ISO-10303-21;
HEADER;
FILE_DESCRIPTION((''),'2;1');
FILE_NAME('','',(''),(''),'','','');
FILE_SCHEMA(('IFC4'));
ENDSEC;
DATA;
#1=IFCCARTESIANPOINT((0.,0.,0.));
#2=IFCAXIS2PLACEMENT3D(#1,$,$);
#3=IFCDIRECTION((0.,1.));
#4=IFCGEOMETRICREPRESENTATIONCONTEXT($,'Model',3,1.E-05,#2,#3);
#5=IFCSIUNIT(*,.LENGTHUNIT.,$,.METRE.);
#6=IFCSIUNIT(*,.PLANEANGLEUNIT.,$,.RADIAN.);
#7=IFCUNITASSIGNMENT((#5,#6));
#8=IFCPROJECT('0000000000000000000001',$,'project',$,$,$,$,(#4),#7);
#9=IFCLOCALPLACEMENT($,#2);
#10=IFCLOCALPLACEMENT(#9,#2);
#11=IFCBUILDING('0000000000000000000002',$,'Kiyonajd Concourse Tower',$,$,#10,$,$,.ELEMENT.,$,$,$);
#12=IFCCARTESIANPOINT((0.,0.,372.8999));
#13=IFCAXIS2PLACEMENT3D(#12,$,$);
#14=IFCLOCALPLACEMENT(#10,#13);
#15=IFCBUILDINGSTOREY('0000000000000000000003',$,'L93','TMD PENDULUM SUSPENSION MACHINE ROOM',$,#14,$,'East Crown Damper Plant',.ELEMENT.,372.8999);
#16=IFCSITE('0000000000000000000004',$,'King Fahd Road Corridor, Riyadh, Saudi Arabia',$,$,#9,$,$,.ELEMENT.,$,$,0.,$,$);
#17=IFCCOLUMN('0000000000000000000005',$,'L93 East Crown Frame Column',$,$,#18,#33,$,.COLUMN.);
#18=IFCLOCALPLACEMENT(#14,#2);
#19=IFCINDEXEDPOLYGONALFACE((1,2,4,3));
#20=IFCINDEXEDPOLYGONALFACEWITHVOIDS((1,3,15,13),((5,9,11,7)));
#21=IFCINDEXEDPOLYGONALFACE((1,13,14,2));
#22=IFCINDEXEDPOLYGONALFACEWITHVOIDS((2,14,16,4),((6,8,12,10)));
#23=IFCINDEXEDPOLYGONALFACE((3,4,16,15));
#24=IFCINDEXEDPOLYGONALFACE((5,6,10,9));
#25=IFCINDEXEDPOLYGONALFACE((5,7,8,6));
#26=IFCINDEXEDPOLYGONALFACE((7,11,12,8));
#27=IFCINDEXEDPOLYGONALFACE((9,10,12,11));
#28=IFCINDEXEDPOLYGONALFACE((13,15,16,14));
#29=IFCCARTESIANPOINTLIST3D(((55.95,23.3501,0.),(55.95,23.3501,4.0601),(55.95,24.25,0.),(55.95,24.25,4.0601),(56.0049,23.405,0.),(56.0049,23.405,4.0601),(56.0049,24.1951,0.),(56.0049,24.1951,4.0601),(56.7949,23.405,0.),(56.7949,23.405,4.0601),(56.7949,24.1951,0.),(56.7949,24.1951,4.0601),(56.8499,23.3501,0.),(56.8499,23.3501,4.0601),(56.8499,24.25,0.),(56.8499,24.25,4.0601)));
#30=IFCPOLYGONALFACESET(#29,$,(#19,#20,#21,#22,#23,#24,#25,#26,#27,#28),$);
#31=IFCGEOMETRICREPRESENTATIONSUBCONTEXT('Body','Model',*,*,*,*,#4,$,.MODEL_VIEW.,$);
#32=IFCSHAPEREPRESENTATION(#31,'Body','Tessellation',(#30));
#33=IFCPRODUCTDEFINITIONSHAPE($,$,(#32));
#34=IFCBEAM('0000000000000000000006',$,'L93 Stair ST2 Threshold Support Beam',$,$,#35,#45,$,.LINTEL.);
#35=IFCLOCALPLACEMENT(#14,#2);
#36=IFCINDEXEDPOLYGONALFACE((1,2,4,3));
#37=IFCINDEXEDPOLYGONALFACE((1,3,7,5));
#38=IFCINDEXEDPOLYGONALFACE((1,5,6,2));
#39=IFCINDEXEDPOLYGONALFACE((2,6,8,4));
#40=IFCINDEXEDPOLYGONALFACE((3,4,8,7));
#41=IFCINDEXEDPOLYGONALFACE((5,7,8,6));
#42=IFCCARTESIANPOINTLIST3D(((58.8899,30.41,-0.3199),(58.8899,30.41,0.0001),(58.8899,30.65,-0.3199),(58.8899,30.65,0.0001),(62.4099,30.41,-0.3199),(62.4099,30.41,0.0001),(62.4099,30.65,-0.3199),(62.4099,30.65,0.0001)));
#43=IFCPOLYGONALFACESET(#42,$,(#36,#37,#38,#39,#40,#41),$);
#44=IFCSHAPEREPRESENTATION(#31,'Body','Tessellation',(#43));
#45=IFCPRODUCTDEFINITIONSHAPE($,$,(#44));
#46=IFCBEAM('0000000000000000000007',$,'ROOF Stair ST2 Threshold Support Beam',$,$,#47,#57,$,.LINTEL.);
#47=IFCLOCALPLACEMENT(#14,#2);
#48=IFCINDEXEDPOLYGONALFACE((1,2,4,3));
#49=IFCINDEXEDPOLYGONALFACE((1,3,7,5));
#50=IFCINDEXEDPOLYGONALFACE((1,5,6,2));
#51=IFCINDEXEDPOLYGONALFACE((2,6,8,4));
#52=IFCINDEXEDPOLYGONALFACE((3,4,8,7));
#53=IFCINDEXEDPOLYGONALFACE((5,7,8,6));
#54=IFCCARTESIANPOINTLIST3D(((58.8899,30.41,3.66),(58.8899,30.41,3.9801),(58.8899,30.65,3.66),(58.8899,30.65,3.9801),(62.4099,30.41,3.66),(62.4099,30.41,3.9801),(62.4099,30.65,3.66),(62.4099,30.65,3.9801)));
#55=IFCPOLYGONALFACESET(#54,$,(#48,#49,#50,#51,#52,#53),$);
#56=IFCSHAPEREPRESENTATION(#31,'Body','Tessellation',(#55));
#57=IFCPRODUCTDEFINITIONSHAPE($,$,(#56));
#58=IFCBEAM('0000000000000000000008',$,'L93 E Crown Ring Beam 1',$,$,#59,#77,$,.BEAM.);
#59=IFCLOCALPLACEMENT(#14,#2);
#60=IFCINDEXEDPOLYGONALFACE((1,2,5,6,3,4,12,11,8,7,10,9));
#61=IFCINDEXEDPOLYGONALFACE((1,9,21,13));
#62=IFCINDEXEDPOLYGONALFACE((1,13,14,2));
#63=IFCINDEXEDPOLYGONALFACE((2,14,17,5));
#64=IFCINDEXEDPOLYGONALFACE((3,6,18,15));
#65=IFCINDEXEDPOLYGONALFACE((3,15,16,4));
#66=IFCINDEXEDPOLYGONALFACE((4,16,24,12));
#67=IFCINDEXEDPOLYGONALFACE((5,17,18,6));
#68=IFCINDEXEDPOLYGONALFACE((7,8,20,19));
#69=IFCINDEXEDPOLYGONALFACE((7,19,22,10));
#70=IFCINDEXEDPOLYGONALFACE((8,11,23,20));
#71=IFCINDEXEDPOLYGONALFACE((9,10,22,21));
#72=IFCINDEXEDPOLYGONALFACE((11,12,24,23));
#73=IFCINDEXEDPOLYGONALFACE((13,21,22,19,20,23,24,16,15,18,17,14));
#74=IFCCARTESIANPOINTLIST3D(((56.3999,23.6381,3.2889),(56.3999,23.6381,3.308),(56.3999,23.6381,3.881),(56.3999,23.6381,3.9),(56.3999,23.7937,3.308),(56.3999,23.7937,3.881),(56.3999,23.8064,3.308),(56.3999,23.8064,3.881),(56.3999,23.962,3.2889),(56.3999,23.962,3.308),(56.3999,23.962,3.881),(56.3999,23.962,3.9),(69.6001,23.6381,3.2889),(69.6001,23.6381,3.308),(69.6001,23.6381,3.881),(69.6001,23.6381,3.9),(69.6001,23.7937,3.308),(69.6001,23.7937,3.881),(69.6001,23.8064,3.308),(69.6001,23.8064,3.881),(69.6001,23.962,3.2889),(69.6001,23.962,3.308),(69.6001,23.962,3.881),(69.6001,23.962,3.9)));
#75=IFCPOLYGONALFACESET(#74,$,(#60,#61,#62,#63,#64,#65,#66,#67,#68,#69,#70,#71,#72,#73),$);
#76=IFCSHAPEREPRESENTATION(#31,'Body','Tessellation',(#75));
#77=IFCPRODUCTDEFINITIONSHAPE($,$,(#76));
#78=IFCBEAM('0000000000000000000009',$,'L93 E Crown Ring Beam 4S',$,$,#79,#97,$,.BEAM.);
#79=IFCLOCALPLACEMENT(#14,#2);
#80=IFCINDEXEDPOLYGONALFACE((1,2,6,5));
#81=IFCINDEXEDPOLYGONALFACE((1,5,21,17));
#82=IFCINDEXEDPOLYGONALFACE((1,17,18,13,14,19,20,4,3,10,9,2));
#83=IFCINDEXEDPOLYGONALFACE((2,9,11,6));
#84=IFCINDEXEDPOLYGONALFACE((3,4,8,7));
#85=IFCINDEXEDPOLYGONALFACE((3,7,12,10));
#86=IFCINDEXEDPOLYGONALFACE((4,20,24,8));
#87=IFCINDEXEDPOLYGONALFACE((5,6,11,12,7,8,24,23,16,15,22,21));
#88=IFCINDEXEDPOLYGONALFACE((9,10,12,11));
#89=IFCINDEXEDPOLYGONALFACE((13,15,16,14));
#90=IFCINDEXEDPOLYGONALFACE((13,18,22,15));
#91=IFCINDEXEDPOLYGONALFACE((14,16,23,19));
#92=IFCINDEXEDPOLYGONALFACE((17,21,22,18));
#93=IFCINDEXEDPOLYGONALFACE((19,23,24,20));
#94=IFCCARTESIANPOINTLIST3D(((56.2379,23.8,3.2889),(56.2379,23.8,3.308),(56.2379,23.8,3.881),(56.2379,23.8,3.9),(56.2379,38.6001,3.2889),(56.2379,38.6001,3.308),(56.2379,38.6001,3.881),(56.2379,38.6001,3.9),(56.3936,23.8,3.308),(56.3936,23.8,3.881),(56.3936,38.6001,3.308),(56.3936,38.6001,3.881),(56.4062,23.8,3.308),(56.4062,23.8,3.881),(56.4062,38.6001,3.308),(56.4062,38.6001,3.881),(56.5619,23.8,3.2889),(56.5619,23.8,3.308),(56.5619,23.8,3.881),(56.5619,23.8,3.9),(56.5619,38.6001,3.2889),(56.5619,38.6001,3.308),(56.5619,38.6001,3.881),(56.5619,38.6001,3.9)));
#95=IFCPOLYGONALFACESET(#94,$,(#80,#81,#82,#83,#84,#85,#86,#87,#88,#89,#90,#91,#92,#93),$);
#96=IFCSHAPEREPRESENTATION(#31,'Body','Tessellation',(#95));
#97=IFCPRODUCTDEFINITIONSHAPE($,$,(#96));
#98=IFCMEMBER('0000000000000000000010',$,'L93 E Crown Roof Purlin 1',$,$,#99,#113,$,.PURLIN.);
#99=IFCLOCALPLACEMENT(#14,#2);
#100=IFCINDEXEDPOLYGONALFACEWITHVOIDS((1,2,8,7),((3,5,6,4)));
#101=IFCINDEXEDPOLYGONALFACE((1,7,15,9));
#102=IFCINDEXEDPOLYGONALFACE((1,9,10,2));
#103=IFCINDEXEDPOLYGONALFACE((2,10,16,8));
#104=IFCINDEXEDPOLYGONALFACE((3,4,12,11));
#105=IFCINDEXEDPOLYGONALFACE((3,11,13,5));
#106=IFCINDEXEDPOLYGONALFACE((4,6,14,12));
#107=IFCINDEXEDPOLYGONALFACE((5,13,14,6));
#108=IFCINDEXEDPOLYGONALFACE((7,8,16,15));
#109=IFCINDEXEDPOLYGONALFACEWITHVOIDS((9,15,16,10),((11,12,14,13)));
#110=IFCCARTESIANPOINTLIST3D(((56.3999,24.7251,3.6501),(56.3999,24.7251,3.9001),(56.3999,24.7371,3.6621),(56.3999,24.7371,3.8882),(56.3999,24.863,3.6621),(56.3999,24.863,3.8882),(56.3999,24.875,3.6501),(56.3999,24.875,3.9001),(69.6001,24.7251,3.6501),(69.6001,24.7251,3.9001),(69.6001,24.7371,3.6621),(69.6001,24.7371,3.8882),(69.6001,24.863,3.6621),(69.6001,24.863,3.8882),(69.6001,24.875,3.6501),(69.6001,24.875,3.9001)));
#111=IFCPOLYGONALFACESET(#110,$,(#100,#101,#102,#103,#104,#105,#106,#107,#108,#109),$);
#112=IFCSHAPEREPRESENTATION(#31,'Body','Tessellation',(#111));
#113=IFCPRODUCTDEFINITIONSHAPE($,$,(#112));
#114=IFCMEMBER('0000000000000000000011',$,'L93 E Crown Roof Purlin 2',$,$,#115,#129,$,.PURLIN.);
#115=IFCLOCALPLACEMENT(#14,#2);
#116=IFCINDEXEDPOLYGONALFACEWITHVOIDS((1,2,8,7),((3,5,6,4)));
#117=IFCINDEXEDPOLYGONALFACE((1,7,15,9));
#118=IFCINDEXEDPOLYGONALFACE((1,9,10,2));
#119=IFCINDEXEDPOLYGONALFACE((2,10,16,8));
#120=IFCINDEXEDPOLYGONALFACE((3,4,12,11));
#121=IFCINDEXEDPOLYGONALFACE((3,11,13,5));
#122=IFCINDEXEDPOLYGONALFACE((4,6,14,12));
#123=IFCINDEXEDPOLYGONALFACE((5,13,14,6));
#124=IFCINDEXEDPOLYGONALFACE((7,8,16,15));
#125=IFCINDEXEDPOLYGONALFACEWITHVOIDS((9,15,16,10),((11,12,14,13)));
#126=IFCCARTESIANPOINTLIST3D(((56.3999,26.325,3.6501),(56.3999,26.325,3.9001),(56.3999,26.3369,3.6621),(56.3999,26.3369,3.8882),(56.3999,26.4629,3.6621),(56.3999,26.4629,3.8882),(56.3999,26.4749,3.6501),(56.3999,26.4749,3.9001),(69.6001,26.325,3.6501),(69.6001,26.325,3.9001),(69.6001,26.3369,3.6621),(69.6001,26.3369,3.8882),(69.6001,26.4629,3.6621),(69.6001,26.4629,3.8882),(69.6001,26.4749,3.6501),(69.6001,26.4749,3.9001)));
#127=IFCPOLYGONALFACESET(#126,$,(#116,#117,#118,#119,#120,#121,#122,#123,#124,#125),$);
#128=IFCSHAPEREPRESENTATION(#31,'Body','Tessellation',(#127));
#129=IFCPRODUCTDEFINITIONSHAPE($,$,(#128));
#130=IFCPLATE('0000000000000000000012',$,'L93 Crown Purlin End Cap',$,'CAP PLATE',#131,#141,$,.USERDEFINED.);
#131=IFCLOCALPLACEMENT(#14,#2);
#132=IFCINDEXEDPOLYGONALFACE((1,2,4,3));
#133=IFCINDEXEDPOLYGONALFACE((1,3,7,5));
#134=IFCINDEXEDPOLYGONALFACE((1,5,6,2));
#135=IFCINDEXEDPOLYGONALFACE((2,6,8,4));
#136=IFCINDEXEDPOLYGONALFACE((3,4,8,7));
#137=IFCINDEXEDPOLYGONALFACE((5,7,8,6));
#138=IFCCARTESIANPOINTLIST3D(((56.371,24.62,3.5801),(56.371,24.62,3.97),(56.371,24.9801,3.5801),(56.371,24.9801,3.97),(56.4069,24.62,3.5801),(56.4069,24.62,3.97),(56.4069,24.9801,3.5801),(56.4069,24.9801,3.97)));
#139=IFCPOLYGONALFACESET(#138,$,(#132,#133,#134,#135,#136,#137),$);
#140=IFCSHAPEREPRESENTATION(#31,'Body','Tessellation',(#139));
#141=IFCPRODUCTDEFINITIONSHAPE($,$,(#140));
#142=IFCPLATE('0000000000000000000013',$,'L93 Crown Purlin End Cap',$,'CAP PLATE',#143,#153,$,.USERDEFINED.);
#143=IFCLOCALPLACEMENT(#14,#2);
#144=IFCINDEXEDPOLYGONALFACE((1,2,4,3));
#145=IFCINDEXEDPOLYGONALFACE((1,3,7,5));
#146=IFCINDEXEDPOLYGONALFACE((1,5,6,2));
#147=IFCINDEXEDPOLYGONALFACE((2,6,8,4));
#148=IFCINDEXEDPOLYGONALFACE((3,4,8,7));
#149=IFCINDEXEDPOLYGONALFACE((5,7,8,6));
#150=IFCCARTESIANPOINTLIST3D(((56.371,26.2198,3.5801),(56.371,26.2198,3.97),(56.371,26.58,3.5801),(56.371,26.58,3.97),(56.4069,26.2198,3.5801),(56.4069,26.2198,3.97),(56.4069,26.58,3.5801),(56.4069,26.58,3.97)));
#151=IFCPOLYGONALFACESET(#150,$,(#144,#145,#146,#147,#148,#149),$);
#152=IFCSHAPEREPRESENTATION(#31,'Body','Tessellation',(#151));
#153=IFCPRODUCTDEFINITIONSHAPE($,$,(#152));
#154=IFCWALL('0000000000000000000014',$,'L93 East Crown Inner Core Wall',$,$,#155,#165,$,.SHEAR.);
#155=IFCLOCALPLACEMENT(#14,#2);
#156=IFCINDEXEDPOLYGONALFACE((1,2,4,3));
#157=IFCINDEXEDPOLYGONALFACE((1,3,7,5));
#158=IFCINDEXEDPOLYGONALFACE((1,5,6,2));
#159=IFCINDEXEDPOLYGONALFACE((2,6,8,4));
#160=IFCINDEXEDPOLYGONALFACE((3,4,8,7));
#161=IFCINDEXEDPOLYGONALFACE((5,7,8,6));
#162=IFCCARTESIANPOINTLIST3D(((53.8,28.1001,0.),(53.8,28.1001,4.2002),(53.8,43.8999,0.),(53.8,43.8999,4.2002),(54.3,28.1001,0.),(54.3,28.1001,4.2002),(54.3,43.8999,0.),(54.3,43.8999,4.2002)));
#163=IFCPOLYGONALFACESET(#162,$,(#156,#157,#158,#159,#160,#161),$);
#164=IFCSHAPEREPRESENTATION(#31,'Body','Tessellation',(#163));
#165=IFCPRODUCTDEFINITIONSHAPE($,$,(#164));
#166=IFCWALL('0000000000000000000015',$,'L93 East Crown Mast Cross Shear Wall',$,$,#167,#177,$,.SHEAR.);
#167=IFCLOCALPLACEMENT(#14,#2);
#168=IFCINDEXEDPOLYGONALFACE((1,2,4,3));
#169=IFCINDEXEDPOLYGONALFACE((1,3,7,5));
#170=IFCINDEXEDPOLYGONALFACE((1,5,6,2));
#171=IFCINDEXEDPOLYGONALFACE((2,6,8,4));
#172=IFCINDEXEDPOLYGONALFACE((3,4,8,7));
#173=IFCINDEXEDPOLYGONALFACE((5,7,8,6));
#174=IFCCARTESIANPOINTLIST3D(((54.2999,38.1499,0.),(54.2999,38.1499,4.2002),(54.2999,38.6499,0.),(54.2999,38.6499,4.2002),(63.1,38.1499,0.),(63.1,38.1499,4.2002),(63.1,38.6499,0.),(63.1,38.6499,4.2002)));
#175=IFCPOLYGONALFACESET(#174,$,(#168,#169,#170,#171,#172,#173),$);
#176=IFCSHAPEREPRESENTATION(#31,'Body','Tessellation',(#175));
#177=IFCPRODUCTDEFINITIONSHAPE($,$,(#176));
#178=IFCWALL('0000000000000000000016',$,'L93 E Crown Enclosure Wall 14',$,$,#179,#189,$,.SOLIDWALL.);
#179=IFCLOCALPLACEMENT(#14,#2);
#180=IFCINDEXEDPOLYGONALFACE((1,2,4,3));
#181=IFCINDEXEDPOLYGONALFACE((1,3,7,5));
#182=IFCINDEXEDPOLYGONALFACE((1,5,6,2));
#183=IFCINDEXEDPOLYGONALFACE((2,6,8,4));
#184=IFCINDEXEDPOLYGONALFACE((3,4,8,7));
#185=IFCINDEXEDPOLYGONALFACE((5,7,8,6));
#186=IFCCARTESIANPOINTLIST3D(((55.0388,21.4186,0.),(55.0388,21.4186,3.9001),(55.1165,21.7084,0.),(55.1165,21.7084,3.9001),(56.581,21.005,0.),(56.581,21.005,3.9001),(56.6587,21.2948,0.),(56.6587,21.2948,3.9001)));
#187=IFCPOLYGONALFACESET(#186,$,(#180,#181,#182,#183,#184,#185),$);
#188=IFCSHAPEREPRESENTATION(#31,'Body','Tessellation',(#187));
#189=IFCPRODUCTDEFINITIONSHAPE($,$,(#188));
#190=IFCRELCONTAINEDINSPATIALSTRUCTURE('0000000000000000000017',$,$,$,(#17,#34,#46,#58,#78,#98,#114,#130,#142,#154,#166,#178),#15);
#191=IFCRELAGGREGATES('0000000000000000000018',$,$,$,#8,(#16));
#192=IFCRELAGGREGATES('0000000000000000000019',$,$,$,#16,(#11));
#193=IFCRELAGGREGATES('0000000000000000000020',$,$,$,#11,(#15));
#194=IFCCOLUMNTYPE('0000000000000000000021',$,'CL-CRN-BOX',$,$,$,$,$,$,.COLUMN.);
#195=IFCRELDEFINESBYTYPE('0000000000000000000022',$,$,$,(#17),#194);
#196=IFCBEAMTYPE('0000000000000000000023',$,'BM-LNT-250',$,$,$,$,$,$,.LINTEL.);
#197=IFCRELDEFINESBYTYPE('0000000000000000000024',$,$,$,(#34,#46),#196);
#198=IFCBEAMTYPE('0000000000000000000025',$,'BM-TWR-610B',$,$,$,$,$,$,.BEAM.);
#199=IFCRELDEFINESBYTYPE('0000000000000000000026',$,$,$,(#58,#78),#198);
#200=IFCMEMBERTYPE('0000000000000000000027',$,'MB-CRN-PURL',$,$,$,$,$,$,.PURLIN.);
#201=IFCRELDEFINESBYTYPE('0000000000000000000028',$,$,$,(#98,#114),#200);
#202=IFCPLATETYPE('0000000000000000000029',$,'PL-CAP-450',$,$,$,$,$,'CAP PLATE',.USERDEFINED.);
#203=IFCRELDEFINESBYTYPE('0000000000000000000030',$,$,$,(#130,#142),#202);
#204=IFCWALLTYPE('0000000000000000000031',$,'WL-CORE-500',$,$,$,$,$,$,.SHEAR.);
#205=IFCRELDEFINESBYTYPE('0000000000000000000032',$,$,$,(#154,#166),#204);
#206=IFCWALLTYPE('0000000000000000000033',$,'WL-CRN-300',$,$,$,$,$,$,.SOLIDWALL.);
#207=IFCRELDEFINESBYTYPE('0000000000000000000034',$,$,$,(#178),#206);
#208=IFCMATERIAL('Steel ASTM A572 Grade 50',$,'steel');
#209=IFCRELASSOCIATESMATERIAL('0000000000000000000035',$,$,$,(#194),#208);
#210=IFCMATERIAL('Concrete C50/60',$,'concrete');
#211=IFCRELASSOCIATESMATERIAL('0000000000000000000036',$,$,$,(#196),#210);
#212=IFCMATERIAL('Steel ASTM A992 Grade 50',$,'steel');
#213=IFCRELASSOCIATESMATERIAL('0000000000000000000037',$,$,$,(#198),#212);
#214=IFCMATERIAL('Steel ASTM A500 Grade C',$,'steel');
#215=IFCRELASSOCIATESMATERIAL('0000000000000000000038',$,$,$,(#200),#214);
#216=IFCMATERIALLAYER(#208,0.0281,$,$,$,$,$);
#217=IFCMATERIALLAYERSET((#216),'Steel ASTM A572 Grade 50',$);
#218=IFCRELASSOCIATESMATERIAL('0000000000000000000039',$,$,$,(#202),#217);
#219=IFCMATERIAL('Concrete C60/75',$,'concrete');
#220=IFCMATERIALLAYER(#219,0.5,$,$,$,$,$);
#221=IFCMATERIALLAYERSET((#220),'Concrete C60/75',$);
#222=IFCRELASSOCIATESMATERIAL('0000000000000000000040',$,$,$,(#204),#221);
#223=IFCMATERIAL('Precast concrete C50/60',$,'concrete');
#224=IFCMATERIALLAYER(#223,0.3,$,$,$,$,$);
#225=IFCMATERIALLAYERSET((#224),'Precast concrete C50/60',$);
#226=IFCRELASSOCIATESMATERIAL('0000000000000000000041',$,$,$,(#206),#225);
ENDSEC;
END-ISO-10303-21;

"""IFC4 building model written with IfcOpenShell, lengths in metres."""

from ifc_helpers import new_model, si_unit, direction, frame, frame_2d, origin, origin_2d, place, context, subcontext, project, spatial, rectangle, hollow_rectangle, i_section, extrude, material, layer, layer_set, material_profile, profile_set, type_object, element, save


model = new_model("IFC4")

# Units and contexts
model_context = context("Model", 3, precision=1e-05, world=origin(), true_north=direction((0.0, 1.0)))
body_context = subcontext(model_context, "Body", "Model", "MODEL_VIEW")
ifc_project = project(units=[si_unit("LENGTHUNIT", "METRE"), si_unit("PLANEANGLEUNIT", "RADIAN")], contexts=[model_context])

# Site, building, storey
site_placement = place(None, origin())
site = spatial("IfcSite", under=ifc_project, at=site_placement, Name="King Fahd Road Corridor, Riyadh, Saudi Arabia", CompositionType="ELEMENT", RefElevation=0.0)
building_placement = place(site_placement, origin())
building = spatial("IfcBuilding", under=site, at=building_placement, Name="Kiyonajd Concourse Tower", CompositionType="ELEMENT")
storey_placement = place(building_placement, frame((0.0, 0.0, 372.8999)))
storey = spatial("IfcBuildingStorey", under=building, at=storey_placement, Name="L93", Description="TMD PENDULUM SUSPENSION MACHINE ROOM", LongName="East Crown Damper Plant", CompositionType="ELEMENT", Elevation=372.8999)

# Column
ifc_material_1 = material(Name="Steel ASTM A572 Grade 50", Category="steel")
ifc_material_profile_1 = material_profile(ifc_material_1, hollow_rectangle(XDim=0.8999, YDim=0.8999, WallThickness=0.0549, at=origin_2d()), Name="BOX-900x900x55")
ifc_profile_set_1 = profile_set([ifc_material_profile_1], Name="Steel ASTM A572 Grade 50")
column_type = type_object("IfcColumnType", Name="CL-CRN-BOX", PredefinedType="COLUMN", material=ifc_profile_set_1)
column_placement = place(storey_placement, frame((56.3999, 23.8, 0.0), z_axis=(0.0, 0.0, 1.0), x_axis=(1.0, 0.0, 0.0)))
element("IfcColumn", 1, at=column_placement, inside=storey, type_object=column_type, Name="L93 East Crown Frame Column", PredefinedType="COLUMN", context=body_context, shape_type="SweptSolid", body=[
    extrude(hollow_rectangle(XDim=0.8999, YDim=0.8999, WallThickness=0.0549, at=origin_2d()), origin(), (0.0, 0.0, 1.0), 4.0601),
])

# Beams
ifc_material_2 = material(Name="Concrete C50/60", Category="concrete")
ifc_material_profile_2 = material_profile(ifc_material_2, rectangle(XDim=0.24, YDim=0.3201, at=origin_2d()), Name="RCBM-240x320")
ifc_profile_set_2 = profile_set([ifc_material_profile_2], Name="Concrete C50/60")
beam_type_1 = type_object("IfcBeamType", Name="BM-LNT-250", PredefinedType="LINTEL", material=ifc_profile_set_2)
for number, where, z_axis, x_axis, name in (
    (2, (58.8899, 30.53, -0.1599), (1.0, 0.0, 0.0), (0.0, 1.0, 0.0), "L93 Stair ST2 Threshold Support Beam"),
    (3, (58.8899, 30.53, 3.8201), (1.0, 0.0, 0.0), (0.0, 1.0, 0.0), "ROOF Stair ST2 Threshold Support Beam"),
):
    element("IfcBeam", number, at=place(storey_placement, frame(where, z_axis=z_axis, x_axis=x_axis)), inside=storey, type_object=beam_type_1, Name=name, PredefinedType="LINTEL", context=body_context, shape_type="SweptSolid", body=[
        extrude(rectangle(XDim=0.24, YDim=0.3201, at=origin_2d()), origin(), (0.0, 0.0, 1.0), 3.52),
    ])
ifc_material_3 = material(Name="Steel ASTM A992 Grade 50", Category="steel")
ifc_material_profile_3 = material_profile(ifc_material_3, i_section(OverallWidth=0.324, OverallDepth=0.6111, WebThickness=0.0127, FlangeThickness=0.019, at=origin_2d()), Name="W610X155")
ifc_profile_set_3 = profile_set([ifc_material_profile_3], Name="Steel ASTM A992 Grade 50")
beam_type_2 = type_object("IfcBeamType", Name="BM-TWR-610B", PredefinedType="BEAM", material=ifc_profile_set_3)
beam_1_placement = place(storey_placement, frame((56.3999, 23.8, 3.5945), z_axis=(1.0, 0.0, 0.0), x_axis=(0.0, 1.0, 0.0)))
element("IfcBeam", 4, at=beam_1_placement, inside=storey, type_object=beam_type_2, Name="L93 E Crown Ring Beam 1", PredefinedType="BEAM", context=body_context, shape_type="SweptSolid", body=[
    extrude(i_section(OverallWidth=0.324, OverallDepth=0.6111, WebThickness=0.0127, FlangeThickness=0.019, at=origin_2d()), origin(), (0.0, 0.0, 1.0), 13.2002),
])
beam_2_placement = place(storey_placement, frame((56.3999, 23.8, 3.5945), z_axis=(0.0, 1.0, 0.0), x_axis=(-1.0, 0.0, 0.0)))
element("IfcBeam", 5, at=beam_2_placement, inside=storey, type_object=beam_type_2, Name="L93 E Crown Ring Beam 4S", PredefinedType="BEAM", context=body_context, shape_type="SweptSolid", body=[
    extrude(i_section(OverallWidth=0.324, OverallDepth=0.6111, WebThickness=0.0127, FlangeThickness=0.019, at=origin_2d()), origin(), (0.0, 0.0, 1.0), 14.8),
])

# Members
ifc_material_4 = material(Name="Steel ASTM A500 Grade C", Category="steel")
ifc_material_profile_4 = material_profile(ifc_material_4, hollow_rectangle(XDim=0.1499, YDim=0.25, WallThickness=0.012, at=origin_2d()), Name="HSS-250x150x12")
ifc_profile_set_4 = profile_set([ifc_material_profile_4], Name="Steel ASTM A500 Grade C")
member_type = type_object("IfcMemberType", Name="MB-CRN-PURL", PredefinedType="PURLIN", material=ifc_profile_set_4)
for number, where, z_axis, x_axis, name in (
    (6, (56.3999, 24.8, 3.7751), (1.0, 0.0, 0.0), (0.0, 1.0, 0.0), "L93 E Crown Roof Purlin 1"),
    (7, (56.3999, 26.3999, 3.7751), (1.0, 0.0, 0.0), (0.0, 1.0, 0.0), "L93 E Crown Roof Purlin 2"),
):
    element("IfcMember", number, at=place(storey_placement, frame(where, z_axis=z_axis, x_axis=x_axis)), inside=storey, type_object=member_type, Name=name, PredefinedType="PURLIN", context=body_context, shape_type="SweptSolid", body=[
        extrude(hollow_rectangle(XDim=0.1499, YDim=0.25, WallThickness=0.012, at=origin_2d()), origin(), (0.0, 0.0, 1.0), 13.2002),
    ])

# Plates
ifc_layer_1 = layer(ifc_material_1, 0.0281)
ifc_layer_set_1 = layer_set([ifc_layer_1], Name="Steel ASTM A572 Grade 50")
plate_type = type_object("IfcPlateType", Name="PL-CAP-450", ElementType="CAP PLATE", PredefinedType="USERDEFINED", material=ifc_layer_set_1)
for number, where, z_axis, x_axis, name in (
    (8, (56.3889, 24.8, 3.5801), (0.0, 0.0, 1.0), (-1.0, 0.0, 0.0), "L93 Crown Purlin End Cap"),
    (9, (56.3889, 26.3999, 3.5801), (0.0, 0.0, 1.0), (-1.0, 0.0, 0.0), "L93 Crown Purlin End Cap"),
):
    element("IfcPlate", number, at=place(storey_placement, frame(where, z_axis=z_axis, x_axis=x_axis)), inside=storey, type_object=plate_type, Name=name, ObjectType="CAP PLATE", PredefinedType="USERDEFINED", context=body_context, shape_type="SweptSolid", body=[
        extrude(rectangle(XDim=0.0359, YDim=0.3601, at=origin_2d()), origin(), (0.0, 0.0, 1.0), 0.3899),
    ])

# Walls
ifc_material_5 = material(Name="Concrete C60/75", Category="concrete")
ifc_layer_2 = layer(ifc_material_5, 0.5)
ifc_layer_set_2 = layer_set([ifc_layer_2], Name="Concrete C60/75")
wall_type_1 = type_object("IfcWallType", Name="WL-CORE-500", PredefinedType="SHEAR", material=ifc_layer_set_2)
wall_1_placement = place(storey_placement, frame((54.05, 28.1001, 0.0), z_axis=(0.0, 0.0, 1.0), x_axis=(0.0, 1.0, 0.0)))
element("IfcWall", 10, at=wall_1_placement, inside=storey, type_object=wall_type_1, Name="L93 East Crown Inner Core Wall", PredefinedType="SHEAR", context=body_context, shape_type="SweptSolid", body=[
    extrude(rectangle(XDim=15.7998, YDim=0.5, at=frame_2d((7.8999, 0.0))), origin(), (0.0, 0.0, 1.0), 4.2002),
])
wall_2_placement = place(storey_placement, frame((54.3, 38.3999, 0.0), z_axis=(0.0, 0.0, 1.0), x_axis=(1.0, 0.0, 0.0)))
element("IfcWall", 11, at=wall_2_placement, inside=storey, type_object=wall_type_1, Name="L93 East Crown Mast Cross Shear Wall", PredefinedType="SHEAR", context=body_context, shape_type="SweptSolid", body=[
    extrude(rectangle(XDim=8.8, YDim=0.5, at=frame_2d((4.3999, 0.0))), origin(), (0.0, 0.0, 1.0), 4.2002),
])
ifc_material_6 = material(Name="Precast concrete C50/60", Category="concrete")
ifc_layer_3 = layer(ifc_material_6, 0.3)
ifc_layer_set_3 = layer_set([ifc_layer_3], Name="Precast concrete C50/60")
wall_type_2 = type_object("IfcWallType", Name="WL-CRN-300", PredefinedType="SOLIDWALL", material=ifc_layer_set_3)
wall_3_placement = place(storey_placement, frame((56.6199, 21.1499, 0.0), z_axis=(0.0, 0.0, 1.0), x_axis=(-0.965874, 0.259014, 0.0)))
element("IfcWall", 12, at=wall_3_placement, inside=storey, type_object=wall_type_2, Name="L93 E Crown Enclosure Wall 14", PredefinedType="SOLIDWALL", context=body_context, shape_type="SweptSolid", body=[
    extrude(rectangle(XDim=1.5967, YDim=0.3, at=frame_2d((0.7983, 0.0))), origin(), (0.0, 0.0, 1.0), 3.9001),
])

save(model, "model.ifc")
